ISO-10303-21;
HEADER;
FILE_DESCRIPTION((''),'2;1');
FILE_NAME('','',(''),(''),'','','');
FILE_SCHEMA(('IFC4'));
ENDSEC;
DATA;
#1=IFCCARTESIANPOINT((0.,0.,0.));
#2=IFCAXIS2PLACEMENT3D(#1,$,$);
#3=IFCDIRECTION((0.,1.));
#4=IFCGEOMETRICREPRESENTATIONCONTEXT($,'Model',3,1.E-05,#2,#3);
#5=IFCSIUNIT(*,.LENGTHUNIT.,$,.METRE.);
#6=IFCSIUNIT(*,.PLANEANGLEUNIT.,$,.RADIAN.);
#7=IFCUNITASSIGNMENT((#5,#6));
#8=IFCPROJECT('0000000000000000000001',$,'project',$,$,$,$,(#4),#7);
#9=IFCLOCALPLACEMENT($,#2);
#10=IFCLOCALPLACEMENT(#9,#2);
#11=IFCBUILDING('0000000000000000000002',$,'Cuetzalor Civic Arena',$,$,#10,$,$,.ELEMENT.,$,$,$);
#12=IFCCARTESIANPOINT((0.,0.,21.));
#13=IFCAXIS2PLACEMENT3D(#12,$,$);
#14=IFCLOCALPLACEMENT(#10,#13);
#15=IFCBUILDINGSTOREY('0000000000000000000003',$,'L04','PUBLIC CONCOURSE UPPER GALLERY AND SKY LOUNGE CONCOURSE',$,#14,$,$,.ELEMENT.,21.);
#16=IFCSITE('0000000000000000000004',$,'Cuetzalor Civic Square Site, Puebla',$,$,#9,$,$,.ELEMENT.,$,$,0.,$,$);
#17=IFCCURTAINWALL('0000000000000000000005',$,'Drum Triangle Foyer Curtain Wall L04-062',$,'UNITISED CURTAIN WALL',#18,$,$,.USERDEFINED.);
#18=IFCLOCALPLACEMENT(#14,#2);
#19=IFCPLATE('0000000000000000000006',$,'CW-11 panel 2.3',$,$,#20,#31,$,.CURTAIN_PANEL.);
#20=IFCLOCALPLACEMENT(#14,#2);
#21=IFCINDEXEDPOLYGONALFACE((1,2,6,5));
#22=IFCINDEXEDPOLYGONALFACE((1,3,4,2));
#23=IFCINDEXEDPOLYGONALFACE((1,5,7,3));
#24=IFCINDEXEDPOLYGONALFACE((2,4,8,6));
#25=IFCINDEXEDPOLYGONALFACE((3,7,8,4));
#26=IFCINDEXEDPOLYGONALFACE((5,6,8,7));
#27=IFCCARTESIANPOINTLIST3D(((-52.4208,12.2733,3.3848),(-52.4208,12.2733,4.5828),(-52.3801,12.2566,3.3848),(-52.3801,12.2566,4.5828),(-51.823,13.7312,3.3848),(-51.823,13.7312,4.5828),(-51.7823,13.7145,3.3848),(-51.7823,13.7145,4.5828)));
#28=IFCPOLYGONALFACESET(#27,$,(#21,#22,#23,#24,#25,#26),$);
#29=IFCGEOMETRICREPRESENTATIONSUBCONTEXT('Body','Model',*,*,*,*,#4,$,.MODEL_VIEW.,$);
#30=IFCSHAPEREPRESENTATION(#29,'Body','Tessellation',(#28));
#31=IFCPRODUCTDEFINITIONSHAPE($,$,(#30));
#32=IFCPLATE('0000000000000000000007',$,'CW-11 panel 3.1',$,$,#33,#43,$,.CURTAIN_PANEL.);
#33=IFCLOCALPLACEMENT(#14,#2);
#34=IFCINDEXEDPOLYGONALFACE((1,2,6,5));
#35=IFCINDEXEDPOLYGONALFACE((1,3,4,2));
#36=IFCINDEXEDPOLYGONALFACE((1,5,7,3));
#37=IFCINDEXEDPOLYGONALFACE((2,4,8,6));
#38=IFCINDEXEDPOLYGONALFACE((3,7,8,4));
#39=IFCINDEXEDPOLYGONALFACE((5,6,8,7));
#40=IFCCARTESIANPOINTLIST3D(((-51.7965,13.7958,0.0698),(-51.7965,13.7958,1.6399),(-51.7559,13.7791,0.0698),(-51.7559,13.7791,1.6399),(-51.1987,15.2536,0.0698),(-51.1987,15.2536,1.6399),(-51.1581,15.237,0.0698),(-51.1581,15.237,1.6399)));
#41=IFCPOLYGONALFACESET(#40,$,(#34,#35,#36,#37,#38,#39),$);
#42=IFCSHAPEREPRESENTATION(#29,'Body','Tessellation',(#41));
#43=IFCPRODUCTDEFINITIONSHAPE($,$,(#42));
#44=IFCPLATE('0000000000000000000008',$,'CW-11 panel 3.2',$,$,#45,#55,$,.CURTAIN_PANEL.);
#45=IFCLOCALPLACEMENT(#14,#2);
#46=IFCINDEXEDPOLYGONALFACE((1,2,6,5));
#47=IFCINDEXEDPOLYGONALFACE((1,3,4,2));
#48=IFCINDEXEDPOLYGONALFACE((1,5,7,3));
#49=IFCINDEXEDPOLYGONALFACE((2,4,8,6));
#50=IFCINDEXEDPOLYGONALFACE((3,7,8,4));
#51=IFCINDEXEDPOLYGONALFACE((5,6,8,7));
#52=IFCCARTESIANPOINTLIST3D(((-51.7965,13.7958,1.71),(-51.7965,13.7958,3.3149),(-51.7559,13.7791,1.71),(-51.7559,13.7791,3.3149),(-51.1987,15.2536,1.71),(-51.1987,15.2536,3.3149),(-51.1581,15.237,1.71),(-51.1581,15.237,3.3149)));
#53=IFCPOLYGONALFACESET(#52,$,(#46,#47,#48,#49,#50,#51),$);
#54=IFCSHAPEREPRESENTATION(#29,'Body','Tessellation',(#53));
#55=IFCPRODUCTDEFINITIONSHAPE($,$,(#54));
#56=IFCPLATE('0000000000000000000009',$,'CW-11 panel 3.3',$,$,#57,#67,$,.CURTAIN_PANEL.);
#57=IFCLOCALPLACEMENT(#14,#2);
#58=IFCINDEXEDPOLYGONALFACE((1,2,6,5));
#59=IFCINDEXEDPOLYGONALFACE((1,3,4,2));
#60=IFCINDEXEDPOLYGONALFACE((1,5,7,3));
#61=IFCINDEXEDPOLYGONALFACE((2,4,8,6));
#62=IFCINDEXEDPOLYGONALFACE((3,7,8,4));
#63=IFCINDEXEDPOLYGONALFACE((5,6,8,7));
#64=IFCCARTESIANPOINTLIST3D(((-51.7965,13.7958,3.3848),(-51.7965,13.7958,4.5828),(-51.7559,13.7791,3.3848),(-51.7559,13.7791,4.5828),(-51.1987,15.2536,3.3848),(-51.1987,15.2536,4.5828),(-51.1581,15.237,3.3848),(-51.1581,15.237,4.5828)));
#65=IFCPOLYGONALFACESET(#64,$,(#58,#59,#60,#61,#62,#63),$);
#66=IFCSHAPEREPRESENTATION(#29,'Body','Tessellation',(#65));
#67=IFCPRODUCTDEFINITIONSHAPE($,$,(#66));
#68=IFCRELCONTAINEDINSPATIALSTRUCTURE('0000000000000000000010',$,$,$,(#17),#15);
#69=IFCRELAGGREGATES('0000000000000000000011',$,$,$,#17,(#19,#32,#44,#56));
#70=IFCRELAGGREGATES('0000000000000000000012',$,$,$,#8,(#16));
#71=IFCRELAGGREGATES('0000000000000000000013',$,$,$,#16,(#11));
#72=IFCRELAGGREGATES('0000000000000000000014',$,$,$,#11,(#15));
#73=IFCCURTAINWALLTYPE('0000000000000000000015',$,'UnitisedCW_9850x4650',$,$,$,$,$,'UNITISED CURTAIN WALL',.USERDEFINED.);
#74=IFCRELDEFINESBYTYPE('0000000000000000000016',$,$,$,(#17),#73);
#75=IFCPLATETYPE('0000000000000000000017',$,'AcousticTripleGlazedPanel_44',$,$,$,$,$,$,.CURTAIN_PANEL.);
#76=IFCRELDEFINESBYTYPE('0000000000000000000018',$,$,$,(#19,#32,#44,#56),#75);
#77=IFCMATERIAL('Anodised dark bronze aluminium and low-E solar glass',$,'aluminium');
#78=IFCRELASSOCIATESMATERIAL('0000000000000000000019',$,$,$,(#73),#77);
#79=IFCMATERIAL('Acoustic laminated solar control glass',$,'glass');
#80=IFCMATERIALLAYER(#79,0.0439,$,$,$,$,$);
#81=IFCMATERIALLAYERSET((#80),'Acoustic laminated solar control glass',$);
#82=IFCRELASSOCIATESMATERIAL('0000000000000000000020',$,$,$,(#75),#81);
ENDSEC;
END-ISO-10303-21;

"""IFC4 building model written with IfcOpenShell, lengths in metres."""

from ifc_helpers import new_model, si_unit, direction, frame, origin, origin_2d, place, context, subcontext, project, spatial, rectangle, extrude, material, layer, layer_set, type_object, element, aggregate, save


model = new_model("IFC4")

# Units and contexts
model_context = context("Model", 3, precision=1e-05, world=origin(), true_north=direction((0.0, 1.0)))
body_context = subcontext(model_context, "Body", "Model", "MODEL_VIEW")
ifc_project = project(units=[si_unit("LENGTHUNIT", "METRE"), si_unit("PLANEANGLEUNIT", "RADIAN")], contexts=[model_context])

# Site, building, storey
site_placement = place(None, origin())
site = spatial("IfcSite", under=ifc_project, at=site_placement, Name="Cuetzalor Civic Square Site, Puebla", CompositionType="ELEMENT", RefElevation=0.0)
building_placement = place(site_placement, origin())
building = spatial("IfcBuilding", under=site, at=building_placement, Name="Cuetzalor Civic Arena", CompositionType="ELEMENT")
storey_placement = place(building_placement, frame((0.0, 0.0, 21.0)))
storey = spatial("IfcBuildingStorey", under=building, at=storey_placement, Name="L04", Description="PUBLIC CONCOURSE UPPER GALLERY AND SKY LOUNGE CONCOURSE", CompositionType="ELEMENT", Elevation=21.0)

# Curtain wall
ifc_material_1 = material(Name="Anodised dark bronze aluminium and low-E solar glass", Category="aluminium")
curtain_wall_type = type_object("IfcCurtainWallType", Name="UnitisedCW_9850x4650", ElementType="UNITISED CURTAIN WALL", PredefinedType="USERDEFINED", material=ifc_material_1)
curtain_wall_placement = place(storey_placement, origin())
curtain_wall = element("IfcCurtainWall", 1, at=curtain_wall_placement, inside=storey, type_object=curtain_wall_type, Name="Drum Triangle Foyer Curtain Wall L04-062", ObjectType="UNITISED CURTAIN WALL", PredefinedType="USERDEFINED")

# Plates
ifc_material_2 = material(Name="Acoustic laminated solar control glass", Category="glass")
ifc_layer = layer(ifc_material_2, 0.0439)
ifc_layer_set = layer_set([ifc_layer], Name="Acoustic laminated solar control glass")
plate_type = type_object("IfcPlateType", Name="AcousticTripleGlazedPanel_44", PredefinedType="CURTAIN_PANEL", material=ifc_layer_set)
plate_1_placement = place(storey_placement, frame((-52.1016, 12.9939, 3.3848), z_axis=(0.0, 0.0, 1.0), x_axis=(0.379391, 0.925236, 0.0)))
plate_1 = element("IfcPlate", 2, at=plate_1_placement, type_object=plate_type, Name="CW-11 panel 2.3", PredefinedType="CURTAIN_PANEL", context=body_context, shape_type="SweptSolid", body=[
    extrude(rectangle(XDim=1.5757, YDim=0.0439, at=origin_2d()), origin(), (0.0, 0.0, 1.0), 1.198),
])
plate_2_placement = place(storey_placement, frame((-51.4773, 14.5164, 0.0698), z_axis=(0.0, 0.0, 1.0), x_axis=(0.379391, 0.925236, 0.0)))
plate_2 = element("IfcPlate", 3, at=plate_2_placement, type_object=plate_type, Name="CW-11 panel 3.1", PredefinedType="CURTAIN_PANEL", context=body_context, shape_type="SweptSolid", body=[
    extrude(rectangle(XDim=1.5757, YDim=0.0439, at=origin_2d()), origin(), (0.0, 0.0, 1.0), 1.5701),
])
plate_3_placement = place(storey_placement, frame((-51.4773, 14.5164, 1.71), z_axis=(0.0, 0.0, 1.0), x_axis=(0.379391, 0.925236, 0.0)))
plate_3 = element("IfcPlate", 4, at=plate_3_placement, type_object=plate_type, Name="CW-11 panel 3.2", PredefinedType="CURTAIN_PANEL", context=body_context, shape_type="SweptSolid", body=[
    extrude(rectangle(XDim=1.5757, YDim=0.0439, at=origin_2d()), origin(), (0.0, 0.0, 1.0), 1.605),
])
plate_4_placement = place(storey_placement, frame((-51.4773, 14.5164, 3.3848), z_axis=(0.0, 0.0, 1.0), x_axis=(0.379391, 0.925236, 0.0)))
plate_4 = element("IfcPlate", 5, at=plate_4_placement, type_object=plate_type, Name="CW-11 panel 3.3", PredefinedType="CURTAIN_PANEL", context=body_context, shape_type="SweptSolid", body=[
    extrude(rectangle(XDim=1.5757, YDim=0.0439, at=origin_2d()), origin(), (0.0, 0.0, 1.0), 1.198),
])
aggregate(curtain_wall, [plate_1, plate_2, plate_3, plate_4])

save(model, "model.ifc")
